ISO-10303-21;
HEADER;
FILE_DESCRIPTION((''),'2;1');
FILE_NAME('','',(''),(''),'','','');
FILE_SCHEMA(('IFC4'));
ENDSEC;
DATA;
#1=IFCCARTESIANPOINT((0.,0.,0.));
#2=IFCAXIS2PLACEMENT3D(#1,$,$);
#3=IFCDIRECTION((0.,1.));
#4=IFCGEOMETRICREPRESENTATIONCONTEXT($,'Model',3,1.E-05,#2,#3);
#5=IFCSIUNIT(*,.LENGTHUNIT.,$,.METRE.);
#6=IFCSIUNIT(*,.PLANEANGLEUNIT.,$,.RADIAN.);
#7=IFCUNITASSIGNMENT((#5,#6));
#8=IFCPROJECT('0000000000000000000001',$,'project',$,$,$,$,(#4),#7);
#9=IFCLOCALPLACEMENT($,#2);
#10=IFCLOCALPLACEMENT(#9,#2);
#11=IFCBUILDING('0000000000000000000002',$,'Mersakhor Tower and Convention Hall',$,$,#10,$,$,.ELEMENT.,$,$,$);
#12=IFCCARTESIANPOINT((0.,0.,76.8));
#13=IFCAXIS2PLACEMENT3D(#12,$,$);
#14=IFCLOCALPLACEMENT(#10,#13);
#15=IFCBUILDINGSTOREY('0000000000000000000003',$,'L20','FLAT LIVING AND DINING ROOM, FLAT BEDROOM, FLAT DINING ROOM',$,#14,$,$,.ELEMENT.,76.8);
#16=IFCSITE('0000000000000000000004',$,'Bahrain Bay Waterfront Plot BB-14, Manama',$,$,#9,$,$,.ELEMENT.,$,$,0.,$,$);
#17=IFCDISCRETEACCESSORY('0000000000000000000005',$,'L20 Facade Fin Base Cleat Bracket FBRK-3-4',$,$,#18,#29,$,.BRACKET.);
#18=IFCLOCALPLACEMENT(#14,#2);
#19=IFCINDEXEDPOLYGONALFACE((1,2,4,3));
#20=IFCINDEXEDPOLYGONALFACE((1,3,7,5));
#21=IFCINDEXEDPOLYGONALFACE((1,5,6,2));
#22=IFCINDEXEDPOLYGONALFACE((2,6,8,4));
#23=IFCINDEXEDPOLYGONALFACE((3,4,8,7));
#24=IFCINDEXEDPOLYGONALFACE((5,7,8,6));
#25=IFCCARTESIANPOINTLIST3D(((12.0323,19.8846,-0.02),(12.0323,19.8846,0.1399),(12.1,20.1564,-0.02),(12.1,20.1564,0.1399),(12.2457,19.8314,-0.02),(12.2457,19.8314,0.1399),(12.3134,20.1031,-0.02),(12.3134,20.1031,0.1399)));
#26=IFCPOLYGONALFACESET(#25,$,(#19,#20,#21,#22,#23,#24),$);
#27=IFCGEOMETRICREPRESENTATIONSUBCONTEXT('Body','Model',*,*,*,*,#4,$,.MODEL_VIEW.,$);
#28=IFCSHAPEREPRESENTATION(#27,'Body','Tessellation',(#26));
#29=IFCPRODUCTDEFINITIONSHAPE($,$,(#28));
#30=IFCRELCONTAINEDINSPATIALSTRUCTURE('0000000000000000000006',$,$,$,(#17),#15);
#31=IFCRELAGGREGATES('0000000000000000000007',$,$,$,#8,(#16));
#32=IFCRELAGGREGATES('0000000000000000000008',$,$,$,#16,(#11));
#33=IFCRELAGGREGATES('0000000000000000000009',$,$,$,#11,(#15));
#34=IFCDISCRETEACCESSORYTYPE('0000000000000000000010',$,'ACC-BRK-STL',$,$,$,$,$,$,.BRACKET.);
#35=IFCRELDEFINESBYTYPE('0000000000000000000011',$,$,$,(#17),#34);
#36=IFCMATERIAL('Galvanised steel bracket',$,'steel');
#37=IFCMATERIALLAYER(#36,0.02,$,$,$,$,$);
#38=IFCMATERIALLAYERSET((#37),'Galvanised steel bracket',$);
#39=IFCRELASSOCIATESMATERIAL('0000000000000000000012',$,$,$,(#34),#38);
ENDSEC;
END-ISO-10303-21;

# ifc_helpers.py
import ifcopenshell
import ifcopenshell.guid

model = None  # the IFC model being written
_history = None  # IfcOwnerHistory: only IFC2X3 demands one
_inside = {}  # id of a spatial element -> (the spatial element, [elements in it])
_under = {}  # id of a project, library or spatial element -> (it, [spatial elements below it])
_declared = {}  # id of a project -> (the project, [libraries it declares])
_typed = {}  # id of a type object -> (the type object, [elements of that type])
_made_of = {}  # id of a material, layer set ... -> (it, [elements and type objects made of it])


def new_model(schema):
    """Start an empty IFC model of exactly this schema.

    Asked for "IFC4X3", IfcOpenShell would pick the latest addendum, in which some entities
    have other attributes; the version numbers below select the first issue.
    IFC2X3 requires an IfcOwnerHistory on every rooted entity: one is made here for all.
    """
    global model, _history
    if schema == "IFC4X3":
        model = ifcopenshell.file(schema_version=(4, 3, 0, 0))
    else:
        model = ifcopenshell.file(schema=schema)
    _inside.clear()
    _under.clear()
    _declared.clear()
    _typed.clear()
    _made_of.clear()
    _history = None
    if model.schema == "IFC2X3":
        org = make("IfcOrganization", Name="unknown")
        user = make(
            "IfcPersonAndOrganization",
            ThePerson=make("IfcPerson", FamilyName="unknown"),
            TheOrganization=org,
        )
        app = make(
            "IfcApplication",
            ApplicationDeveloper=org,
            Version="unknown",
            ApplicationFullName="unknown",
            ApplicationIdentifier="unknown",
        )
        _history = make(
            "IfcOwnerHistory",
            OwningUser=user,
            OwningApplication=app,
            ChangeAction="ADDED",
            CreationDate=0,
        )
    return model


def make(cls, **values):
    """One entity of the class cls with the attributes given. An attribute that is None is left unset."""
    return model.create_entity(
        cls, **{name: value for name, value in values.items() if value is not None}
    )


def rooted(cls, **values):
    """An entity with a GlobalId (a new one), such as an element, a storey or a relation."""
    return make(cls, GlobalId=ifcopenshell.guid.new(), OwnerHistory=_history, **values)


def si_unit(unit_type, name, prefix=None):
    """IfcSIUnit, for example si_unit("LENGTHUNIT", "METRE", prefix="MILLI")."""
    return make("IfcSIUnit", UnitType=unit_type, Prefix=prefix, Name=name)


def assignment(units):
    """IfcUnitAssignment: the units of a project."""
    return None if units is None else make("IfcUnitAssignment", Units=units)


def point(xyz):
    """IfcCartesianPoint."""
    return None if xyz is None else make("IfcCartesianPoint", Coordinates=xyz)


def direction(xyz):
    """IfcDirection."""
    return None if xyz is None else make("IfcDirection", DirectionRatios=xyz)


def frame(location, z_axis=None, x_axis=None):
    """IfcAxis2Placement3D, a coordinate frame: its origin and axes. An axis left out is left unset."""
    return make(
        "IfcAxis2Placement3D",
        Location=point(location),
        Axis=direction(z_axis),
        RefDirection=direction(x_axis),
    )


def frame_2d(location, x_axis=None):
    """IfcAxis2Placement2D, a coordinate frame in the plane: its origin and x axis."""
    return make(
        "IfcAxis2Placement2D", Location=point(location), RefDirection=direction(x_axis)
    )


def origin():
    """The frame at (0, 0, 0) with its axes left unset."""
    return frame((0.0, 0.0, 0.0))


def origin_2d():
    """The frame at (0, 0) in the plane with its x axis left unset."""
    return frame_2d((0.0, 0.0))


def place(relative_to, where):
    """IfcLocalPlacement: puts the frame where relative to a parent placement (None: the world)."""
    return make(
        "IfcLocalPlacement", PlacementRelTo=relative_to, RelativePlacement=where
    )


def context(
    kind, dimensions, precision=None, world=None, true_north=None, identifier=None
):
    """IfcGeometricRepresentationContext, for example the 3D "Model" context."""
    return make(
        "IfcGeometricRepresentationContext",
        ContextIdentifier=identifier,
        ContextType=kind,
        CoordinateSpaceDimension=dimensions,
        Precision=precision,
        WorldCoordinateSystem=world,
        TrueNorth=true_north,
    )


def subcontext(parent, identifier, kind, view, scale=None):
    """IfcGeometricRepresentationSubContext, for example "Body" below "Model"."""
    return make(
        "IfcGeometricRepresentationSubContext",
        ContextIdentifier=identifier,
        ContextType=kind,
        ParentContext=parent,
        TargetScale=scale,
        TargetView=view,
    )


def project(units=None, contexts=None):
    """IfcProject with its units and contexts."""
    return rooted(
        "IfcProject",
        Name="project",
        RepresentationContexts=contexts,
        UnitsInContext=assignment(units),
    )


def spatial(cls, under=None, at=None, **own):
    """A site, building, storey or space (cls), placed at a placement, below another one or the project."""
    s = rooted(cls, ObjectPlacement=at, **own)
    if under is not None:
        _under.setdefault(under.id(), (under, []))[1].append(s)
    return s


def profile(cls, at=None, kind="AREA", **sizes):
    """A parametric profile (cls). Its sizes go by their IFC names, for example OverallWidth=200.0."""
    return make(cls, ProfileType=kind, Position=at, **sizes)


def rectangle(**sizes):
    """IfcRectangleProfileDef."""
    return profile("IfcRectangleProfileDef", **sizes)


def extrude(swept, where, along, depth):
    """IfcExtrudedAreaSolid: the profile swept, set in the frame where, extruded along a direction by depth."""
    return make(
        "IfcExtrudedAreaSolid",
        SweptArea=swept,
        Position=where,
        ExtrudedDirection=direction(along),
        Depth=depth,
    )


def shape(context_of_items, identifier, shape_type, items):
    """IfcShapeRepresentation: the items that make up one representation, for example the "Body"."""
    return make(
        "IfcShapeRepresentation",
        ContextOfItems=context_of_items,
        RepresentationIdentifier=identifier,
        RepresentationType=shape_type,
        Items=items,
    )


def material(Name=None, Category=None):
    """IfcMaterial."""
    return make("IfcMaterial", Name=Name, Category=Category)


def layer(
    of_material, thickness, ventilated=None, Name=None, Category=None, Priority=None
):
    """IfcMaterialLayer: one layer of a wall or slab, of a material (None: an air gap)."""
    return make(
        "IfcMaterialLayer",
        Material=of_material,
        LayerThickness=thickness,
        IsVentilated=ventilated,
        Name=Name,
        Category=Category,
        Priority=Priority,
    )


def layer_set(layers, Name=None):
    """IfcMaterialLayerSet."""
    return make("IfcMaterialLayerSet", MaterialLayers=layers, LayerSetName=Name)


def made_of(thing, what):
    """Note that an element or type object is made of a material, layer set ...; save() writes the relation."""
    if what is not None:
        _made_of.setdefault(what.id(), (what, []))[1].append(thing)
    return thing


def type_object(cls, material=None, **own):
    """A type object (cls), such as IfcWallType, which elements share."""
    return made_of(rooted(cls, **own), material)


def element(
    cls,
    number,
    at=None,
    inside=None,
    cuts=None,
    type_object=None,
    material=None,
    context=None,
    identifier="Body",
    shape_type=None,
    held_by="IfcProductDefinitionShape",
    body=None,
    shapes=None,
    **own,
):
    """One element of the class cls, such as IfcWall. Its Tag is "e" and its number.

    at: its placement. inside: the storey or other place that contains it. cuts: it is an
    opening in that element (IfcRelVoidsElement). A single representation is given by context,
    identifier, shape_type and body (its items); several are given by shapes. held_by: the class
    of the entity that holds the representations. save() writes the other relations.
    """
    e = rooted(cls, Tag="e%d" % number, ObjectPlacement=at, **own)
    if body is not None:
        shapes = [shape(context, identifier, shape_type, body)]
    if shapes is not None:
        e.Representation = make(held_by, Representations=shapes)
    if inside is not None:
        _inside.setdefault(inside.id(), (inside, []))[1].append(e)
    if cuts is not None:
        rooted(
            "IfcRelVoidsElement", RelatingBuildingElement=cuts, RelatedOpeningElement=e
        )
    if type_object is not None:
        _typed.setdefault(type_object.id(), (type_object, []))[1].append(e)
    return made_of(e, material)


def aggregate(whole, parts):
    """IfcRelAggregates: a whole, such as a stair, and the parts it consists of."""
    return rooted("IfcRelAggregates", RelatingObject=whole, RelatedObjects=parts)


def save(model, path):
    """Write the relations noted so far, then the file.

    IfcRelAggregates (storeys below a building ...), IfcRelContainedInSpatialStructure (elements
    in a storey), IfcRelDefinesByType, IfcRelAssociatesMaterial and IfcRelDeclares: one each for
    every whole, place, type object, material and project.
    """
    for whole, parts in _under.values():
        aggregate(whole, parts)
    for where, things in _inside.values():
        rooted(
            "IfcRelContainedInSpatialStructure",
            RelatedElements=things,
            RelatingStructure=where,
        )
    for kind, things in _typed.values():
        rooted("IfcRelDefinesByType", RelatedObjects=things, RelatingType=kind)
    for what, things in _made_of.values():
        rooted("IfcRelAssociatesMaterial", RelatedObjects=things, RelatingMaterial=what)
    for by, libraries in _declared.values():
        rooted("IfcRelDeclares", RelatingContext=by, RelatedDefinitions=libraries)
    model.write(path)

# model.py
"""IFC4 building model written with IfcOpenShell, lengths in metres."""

from ifc_helpers import new_model, si_unit, direction, frame, origin, origin_2d, place, context, subcontext, project, spatial, rectangle, extrude, material, layer, layer_set, type_object, element, save


model = new_model("IFC4")

# Units and contexts
model_context = context("Model", 3, precision=1e-05, world=origin(), true_north=direction((0.0, 1.0)))
body_context = subcontext(model_context, "Body", "Model", "MODEL_VIEW")
ifc_project = project(units=[si_unit("LENGTHUNIT", "METRE"), si_unit("PLANEANGLEUNIT", "RADIAN")], contexts=[model_context])

# Site, building, storey
site_placement = place(None, origin())
site = spatial("IfcSite", under=ifc_project, at=site_placement, Name="Bahrain Bay Waterfront Plot BB-14, Manama", CompositionType="ELEMENT", RefElevation=0.0)
building_placement = place(site_placement, origin())
building = spatial("IfcBuilding", under=site, at=building_placement, Name="Mersakhor Tower and Convention Hall", CompositionType="ELEMENT")
storey_placement = place(building_placement, frame((0.0, 0.0, 76.8)))
storey = spatial("IfcBuildingStorey", under=building, at=storey_placement, Name="L20", Description="FLAT LIVING AND DINING ROOM, FLAT BEDROOM, FLAT DINING ROOM", CompositionType="ELEMENT", Elevation=76.8)

# Discrete accessory
ifc_material_1 = material(Name="Galvanised steel bracket", Category="steel")
ifc_layer_1 = layer(ifc_material_1, 0.02)
ifc_layer_set_1 = layer_set([ifc_layer_1], Name="Galvanised steel bracket")
discrete_accessory_type = type_object("IfcDiscreteAccessoryType", Name="ACC-BRK-STL", PredefinedType="BRACKET", material=ifc_layer_set_1)
discrete_accessory_placement = place(storey_placement, frame((12.1729, 19.9939, -0.02), z_axis=(0.0, 0.0, 1.0), x_axis=(-0.241922, -0.970296, 0.0)))
element("IfcDiscreteAccessory", 1, at=discrete_accessory_placement, inside=storey, type_object=discrete_accessory_type, Name="L20 Facade Fin Base Cleat Bracket FBRK-3-4", PredefinedType="BRACKET", context=body_context, shape_type="SweptSolid", body=[
    extrude(rectangle(XDim=0.28, YDim=0.22, at=origin_2d()), origin(), (0.0, 0.0, 1.0), 0.1599),
])

save(model, "model.ifc")
